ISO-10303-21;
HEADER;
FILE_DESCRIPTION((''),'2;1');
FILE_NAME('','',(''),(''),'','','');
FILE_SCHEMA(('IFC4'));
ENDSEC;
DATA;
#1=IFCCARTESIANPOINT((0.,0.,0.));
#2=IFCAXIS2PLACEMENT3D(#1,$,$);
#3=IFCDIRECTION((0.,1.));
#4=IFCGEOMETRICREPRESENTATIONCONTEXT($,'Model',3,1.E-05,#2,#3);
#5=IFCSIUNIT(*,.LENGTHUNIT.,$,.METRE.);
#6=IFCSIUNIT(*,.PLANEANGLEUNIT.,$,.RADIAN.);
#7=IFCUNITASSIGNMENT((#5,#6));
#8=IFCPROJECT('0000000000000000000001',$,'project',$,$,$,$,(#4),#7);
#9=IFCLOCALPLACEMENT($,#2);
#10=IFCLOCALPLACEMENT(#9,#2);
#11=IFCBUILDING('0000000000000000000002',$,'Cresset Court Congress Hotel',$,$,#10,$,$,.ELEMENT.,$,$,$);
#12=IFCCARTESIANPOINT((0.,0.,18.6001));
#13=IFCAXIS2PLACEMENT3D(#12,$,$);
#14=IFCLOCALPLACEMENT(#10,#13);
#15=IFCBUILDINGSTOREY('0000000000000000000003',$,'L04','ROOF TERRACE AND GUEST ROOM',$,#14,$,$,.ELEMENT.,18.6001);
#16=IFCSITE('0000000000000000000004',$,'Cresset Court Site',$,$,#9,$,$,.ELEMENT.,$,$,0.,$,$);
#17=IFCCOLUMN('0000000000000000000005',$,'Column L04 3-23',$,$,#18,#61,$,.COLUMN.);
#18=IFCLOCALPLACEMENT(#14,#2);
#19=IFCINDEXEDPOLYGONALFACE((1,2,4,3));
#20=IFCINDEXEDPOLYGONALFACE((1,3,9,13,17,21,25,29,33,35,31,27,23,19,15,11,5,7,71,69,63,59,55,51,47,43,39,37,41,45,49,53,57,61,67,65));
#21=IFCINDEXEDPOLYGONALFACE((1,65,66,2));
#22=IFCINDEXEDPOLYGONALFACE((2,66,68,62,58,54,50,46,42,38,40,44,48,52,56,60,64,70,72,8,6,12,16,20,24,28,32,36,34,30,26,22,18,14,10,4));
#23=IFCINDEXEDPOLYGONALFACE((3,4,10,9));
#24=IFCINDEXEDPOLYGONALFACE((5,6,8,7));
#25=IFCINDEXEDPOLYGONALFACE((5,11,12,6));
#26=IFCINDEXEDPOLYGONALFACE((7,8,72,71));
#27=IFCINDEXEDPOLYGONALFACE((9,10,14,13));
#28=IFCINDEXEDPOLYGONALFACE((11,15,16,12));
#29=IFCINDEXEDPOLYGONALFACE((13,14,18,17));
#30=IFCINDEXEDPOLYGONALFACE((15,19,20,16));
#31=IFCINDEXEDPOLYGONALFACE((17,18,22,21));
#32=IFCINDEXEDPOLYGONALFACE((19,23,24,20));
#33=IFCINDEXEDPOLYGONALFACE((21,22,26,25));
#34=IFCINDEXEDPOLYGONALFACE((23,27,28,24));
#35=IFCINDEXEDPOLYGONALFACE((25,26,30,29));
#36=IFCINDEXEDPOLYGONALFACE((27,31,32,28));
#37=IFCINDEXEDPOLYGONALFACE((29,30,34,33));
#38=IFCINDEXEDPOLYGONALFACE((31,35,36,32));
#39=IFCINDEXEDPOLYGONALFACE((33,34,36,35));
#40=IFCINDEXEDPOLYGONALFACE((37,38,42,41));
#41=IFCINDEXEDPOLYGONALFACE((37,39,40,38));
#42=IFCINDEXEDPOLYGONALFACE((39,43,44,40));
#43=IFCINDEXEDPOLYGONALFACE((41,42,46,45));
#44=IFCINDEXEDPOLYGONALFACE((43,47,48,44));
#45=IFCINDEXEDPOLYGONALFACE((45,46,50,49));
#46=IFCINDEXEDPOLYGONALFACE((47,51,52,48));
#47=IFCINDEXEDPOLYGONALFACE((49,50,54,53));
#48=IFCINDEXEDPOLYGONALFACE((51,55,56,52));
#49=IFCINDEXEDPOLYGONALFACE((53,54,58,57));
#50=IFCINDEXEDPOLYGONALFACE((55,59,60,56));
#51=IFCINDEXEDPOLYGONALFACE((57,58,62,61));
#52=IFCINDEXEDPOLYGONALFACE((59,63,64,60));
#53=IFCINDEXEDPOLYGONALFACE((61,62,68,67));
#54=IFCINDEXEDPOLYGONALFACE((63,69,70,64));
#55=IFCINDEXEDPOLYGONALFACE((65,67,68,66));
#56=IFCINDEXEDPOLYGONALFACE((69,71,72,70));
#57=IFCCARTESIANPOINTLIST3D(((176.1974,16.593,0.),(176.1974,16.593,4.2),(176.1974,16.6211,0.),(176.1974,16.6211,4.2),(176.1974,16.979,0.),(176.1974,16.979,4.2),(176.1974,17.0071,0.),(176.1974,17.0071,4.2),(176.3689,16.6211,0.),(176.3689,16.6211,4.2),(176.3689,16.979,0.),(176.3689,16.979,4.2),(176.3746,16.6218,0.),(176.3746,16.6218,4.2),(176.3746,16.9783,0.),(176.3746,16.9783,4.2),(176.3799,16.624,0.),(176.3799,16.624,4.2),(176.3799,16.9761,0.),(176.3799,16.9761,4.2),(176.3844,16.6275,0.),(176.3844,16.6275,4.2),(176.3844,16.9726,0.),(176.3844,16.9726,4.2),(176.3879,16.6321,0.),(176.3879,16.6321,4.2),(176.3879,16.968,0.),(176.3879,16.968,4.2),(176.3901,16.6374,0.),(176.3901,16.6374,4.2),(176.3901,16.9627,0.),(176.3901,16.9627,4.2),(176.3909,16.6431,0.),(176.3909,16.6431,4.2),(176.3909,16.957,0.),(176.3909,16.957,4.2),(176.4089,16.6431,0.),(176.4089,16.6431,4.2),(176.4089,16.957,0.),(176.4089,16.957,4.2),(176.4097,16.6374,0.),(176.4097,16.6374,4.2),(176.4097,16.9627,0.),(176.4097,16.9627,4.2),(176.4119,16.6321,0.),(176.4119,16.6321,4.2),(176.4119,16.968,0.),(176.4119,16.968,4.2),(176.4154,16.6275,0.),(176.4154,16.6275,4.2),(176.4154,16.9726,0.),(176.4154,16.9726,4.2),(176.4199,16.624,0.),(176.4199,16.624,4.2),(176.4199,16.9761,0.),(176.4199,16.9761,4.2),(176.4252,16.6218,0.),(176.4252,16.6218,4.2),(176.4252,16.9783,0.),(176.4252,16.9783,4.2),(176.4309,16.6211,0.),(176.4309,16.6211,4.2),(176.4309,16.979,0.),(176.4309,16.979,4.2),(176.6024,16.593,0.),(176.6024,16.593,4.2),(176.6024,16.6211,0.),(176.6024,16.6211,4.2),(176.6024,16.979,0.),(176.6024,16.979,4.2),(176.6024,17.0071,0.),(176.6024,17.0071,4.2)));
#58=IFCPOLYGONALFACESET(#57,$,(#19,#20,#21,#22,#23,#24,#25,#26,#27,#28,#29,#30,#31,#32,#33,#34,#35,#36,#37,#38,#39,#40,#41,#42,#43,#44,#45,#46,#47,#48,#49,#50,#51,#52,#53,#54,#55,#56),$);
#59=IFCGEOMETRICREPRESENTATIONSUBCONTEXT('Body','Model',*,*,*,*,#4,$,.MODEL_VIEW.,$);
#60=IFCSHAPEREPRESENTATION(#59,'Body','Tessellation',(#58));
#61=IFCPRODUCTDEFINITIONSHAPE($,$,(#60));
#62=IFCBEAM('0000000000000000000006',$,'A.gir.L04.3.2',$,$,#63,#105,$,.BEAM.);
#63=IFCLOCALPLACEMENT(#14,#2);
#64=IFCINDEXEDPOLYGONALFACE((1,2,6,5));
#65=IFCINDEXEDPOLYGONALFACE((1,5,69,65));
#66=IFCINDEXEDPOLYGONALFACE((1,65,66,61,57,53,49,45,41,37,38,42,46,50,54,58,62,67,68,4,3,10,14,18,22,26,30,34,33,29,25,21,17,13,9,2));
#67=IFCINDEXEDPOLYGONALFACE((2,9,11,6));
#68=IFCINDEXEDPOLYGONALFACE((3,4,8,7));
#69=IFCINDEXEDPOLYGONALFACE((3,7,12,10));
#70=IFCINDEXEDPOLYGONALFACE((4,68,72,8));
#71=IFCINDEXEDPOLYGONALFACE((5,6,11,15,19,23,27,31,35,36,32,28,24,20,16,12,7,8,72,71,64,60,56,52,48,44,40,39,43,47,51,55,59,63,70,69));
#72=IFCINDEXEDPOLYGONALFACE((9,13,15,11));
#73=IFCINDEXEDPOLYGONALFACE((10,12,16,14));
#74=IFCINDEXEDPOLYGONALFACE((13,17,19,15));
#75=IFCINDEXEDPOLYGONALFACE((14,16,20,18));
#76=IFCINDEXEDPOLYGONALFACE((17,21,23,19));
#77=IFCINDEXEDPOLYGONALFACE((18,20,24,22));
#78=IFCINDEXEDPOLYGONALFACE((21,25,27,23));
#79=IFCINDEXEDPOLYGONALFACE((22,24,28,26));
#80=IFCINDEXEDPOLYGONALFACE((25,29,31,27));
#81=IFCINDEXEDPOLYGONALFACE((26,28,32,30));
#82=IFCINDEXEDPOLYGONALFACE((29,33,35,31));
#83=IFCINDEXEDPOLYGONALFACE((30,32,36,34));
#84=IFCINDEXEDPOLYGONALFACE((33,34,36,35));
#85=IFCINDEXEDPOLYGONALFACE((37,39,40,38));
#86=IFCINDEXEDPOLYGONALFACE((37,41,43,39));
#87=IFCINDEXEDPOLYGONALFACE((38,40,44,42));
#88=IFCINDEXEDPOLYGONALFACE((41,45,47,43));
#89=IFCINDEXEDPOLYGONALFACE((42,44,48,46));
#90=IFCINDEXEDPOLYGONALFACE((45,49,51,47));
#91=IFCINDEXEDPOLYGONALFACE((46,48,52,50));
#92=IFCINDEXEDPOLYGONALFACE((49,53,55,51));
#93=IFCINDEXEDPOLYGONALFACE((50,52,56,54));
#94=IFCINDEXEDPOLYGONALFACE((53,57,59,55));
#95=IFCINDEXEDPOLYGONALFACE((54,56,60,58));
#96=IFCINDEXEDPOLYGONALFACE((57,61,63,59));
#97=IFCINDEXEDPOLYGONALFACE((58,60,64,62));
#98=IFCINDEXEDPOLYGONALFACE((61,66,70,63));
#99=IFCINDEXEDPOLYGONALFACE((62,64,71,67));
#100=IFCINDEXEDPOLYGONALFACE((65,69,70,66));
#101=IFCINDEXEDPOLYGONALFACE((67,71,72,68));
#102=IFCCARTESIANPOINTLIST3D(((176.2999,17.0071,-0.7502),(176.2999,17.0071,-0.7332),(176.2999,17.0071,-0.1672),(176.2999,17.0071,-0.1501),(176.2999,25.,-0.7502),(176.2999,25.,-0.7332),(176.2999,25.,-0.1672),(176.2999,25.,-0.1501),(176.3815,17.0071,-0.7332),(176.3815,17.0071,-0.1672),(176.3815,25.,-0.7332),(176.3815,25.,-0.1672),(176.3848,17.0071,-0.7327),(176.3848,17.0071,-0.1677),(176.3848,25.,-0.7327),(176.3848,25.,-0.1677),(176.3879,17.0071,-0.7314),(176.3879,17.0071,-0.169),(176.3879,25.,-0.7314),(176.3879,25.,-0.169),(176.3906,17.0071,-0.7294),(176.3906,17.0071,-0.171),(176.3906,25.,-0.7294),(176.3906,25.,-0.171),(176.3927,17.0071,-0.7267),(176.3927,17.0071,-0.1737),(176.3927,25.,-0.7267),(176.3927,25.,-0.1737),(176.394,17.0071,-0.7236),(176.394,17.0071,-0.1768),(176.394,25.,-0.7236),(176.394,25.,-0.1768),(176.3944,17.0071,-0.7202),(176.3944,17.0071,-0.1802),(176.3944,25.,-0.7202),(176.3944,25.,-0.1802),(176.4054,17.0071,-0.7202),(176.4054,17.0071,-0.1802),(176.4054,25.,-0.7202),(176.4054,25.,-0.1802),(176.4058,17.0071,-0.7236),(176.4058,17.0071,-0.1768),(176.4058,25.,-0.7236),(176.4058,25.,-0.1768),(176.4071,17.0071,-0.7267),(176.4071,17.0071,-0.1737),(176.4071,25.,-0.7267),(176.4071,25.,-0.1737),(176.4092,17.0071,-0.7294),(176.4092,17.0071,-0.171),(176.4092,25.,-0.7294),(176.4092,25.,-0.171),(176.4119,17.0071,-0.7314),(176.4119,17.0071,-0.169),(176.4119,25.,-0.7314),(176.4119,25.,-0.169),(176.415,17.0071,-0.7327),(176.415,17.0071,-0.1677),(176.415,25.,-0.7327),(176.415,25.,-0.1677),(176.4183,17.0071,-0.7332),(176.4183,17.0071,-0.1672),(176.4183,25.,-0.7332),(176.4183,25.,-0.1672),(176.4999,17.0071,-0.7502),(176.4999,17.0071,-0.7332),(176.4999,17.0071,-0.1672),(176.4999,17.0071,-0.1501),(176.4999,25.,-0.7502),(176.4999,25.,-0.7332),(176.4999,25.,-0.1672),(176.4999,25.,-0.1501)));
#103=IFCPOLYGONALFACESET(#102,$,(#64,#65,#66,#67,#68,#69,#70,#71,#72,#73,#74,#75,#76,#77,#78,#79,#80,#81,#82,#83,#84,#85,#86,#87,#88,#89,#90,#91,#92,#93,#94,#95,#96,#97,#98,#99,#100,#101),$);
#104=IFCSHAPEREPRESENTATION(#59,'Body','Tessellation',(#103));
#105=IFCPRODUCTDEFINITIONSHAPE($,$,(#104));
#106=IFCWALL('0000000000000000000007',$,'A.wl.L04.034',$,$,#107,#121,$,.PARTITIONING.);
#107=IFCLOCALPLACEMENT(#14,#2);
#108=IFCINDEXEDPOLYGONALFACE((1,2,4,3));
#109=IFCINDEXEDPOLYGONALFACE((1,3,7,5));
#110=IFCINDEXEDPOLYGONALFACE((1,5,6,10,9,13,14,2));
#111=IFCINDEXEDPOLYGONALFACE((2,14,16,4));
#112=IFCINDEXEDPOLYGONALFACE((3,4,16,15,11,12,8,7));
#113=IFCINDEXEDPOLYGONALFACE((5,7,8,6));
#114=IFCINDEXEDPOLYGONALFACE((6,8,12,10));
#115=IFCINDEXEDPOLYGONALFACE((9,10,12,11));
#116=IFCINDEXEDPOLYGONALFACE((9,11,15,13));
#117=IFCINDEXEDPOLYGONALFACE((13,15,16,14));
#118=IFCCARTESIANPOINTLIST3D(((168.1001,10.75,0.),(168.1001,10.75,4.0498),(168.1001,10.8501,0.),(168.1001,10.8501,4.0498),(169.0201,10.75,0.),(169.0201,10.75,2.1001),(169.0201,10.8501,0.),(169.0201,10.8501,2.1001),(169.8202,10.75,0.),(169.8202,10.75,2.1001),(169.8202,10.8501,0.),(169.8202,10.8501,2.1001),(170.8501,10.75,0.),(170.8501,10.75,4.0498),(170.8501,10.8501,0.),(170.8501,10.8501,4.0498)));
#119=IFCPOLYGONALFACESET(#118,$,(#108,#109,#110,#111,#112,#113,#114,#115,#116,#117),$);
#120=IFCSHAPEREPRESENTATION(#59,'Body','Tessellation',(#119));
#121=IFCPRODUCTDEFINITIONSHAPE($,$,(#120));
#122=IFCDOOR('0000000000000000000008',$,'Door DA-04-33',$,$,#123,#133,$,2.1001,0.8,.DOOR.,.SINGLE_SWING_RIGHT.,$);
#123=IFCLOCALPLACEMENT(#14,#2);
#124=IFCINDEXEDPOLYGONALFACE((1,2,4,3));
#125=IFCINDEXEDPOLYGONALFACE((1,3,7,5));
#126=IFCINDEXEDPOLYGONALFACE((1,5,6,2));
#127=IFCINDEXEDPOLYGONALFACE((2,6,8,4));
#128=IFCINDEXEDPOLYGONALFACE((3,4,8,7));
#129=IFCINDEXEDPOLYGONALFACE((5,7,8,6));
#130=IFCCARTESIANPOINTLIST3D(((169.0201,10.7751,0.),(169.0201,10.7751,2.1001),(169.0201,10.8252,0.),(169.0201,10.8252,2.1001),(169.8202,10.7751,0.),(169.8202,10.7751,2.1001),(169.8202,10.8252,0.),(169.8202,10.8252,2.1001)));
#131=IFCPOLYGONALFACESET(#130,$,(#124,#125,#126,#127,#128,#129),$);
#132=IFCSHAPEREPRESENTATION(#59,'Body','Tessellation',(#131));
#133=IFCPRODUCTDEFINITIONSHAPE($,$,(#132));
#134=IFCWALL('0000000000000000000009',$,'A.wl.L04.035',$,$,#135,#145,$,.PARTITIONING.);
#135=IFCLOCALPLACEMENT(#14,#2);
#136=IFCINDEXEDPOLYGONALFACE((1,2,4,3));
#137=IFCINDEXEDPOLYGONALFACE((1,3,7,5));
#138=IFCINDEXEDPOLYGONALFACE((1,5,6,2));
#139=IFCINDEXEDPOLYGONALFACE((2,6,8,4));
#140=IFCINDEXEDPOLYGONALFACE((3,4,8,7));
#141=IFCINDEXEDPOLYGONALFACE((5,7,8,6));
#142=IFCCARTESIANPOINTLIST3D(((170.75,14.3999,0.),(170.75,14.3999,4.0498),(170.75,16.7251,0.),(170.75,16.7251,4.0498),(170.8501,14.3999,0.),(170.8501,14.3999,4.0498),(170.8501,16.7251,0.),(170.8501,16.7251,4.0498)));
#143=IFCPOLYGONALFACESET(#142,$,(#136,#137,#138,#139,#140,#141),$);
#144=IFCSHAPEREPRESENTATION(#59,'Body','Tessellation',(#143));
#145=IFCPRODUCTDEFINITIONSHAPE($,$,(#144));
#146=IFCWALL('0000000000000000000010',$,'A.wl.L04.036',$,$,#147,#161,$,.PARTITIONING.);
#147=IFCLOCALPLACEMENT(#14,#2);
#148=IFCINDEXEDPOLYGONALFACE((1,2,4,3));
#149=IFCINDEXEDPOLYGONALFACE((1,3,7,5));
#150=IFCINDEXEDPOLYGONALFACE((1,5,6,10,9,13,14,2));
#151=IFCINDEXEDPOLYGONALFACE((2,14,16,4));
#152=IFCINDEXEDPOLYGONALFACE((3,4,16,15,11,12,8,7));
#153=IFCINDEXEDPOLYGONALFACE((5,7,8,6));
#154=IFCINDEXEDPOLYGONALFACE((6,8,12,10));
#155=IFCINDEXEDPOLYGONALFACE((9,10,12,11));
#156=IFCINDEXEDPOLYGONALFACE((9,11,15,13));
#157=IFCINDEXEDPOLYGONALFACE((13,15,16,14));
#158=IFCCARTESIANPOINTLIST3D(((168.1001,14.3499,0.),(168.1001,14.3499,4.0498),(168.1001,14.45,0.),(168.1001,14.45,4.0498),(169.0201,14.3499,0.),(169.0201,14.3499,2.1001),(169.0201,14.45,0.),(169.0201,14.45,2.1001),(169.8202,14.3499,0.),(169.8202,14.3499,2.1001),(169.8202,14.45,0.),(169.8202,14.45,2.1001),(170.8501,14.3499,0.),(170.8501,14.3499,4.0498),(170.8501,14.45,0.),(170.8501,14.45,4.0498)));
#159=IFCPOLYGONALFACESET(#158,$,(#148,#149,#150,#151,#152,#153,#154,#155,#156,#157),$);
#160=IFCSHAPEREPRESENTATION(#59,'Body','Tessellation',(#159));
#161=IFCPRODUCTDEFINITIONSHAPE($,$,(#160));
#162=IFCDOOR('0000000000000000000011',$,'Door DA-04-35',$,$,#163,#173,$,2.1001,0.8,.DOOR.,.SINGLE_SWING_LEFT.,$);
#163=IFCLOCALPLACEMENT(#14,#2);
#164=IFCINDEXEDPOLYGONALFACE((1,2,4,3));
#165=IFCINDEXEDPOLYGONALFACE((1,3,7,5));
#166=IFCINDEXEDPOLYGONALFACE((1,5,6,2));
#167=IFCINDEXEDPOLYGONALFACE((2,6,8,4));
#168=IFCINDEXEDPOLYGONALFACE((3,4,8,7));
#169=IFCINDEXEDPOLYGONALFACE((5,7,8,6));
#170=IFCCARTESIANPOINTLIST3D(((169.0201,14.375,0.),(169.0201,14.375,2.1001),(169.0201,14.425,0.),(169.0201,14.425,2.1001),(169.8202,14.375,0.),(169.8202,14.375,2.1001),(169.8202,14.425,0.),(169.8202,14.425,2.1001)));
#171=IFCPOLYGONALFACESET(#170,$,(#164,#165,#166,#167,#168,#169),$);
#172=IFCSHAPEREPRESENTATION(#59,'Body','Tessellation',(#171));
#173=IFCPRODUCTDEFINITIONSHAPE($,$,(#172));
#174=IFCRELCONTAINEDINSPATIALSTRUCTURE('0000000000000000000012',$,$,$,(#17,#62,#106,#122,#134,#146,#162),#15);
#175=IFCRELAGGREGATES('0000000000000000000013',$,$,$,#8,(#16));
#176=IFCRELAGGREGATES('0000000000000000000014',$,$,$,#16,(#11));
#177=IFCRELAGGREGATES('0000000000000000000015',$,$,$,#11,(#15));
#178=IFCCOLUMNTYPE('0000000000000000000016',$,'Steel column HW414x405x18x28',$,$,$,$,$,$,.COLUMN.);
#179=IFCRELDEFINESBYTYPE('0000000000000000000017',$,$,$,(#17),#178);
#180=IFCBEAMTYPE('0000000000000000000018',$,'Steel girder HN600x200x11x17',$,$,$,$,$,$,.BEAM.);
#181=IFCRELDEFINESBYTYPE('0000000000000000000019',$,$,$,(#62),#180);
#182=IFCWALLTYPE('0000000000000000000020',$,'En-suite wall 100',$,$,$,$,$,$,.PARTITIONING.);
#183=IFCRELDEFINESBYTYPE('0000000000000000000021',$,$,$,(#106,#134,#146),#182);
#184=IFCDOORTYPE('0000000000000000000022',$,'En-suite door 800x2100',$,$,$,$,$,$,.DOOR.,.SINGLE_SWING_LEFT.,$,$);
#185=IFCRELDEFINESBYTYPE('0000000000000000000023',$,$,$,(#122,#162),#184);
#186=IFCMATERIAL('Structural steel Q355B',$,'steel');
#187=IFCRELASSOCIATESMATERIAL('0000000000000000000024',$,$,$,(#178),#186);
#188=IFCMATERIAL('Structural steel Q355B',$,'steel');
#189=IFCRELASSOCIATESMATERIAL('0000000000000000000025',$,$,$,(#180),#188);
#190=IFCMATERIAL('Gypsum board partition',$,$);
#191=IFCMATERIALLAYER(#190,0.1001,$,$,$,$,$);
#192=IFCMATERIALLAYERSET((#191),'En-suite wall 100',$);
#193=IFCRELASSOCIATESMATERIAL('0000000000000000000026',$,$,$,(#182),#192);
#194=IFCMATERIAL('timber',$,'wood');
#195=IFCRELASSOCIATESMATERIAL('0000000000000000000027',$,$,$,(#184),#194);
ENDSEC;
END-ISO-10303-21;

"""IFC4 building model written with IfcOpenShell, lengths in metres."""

from ifc_helpers import new_model, si_unit, direction, frame, frame_2d, origin, origin_2d, place, context, subcontext, project, spatial, rectangle, i_section, extrude, material, layer, layer_set, material_profile, profile_set, type_object, element, fill, save


model = new_model("IFC4")

# Units and contexts
model_context = context("Model", 3, precision=1e-05, world=origin(), true_north=direction((0.0, 1.0)))
body_context = subcontext(model_context, "Body", "Model", "MODEL_VIEW")
ifc_project = project(units=[si_unit("LENGTHUNIT", "METRE"), si_unit("PLANEANGLEUNIT", "RADIAN")], contexts=[model_context])

# Site, building, storey
site_placement = place(None, origin())
site = spatial("IfcSite", under=ifc_project, at=site_placement, Name="Cresset Court Site", CompositionType="ELEMENT", RefElevation=0.0)
building_placement = place(site_placement, origin())
building = spatial("IfcBuilding", under=site, at=building_placement, Name="Cresset Court Congress Hotel", CompositionType="ELEMENT")
storey_placement = place(building_placement, frame((0.0, 0.0, 18.6001)))
storey = spatial("IfcBuildingStorey", under=building, at=storey_placement, Name="L04", Description="ROOF TERRACE AND GUEST ROOM", CompositionType="ELEMENT", Elevation=18.6001)

# Column
ifc_material_1 = material(Name="Structural steel Q355B", Category="steel")
ifc_material_profile_1 = material_profile(ifc_material_1, i_section(OverallWidth=0.405, OverallDepth=0.4141, WebThickness=0.0181, FlangeThickness=0.0281, FilletRadius=0.022, at=origin_2d()), Name="HW414x405x18x28")
ifc_profile_set_1 = profile_set([ifc_material_profile_1], Name="Structural steel Q355B")
column_type = type_object("IfcColumnType", Name="Steel column HW414x405x18x28", PredefinedType="COLUMN", material=ifc_profile_set_1)
column_placement = place(storey_placement, frame((176.3999, 16.8, 0.0), z_axis=(0.0, 0.0, 1.0), x_axis=(1.0, 0.0, 0.0)))
element("IfcColumn", 1, at=column_placement, inside=storey, type_object=column_type, Name="Column L04 3-23", PredefinedType="COLUMN", context=body_context, shape_type="SweptSolid", body=[
    extrude(i_section(OverallWidth=0.405, OverallDepth=0.4141, WebThickness=0.0181, FlangeThickness=0.0281, FilletRadius=0.022, at=origin_2d()), origin(), (0.0, 0.0, 1.0), 4.2),
])

# Beam
ifc_material_2 = material(Name="Structural steel Q355B", Category="steel")
ifc_material_profile_2 = material_profile(ifc_material_2, i_section(OverallWidth=0.2, OverallDepth=0.6001, WebThickness=0.011, FlangeThickness=0.0171, FilletRadius=0.0129, at=origin_2d()), Name="HN600x200x11x17")
ifc_profile_set_2 = profile_set([ifc_material_profile_2], Name="Structural steel Q355B")
beam_type = type_object("IfcBeamType", Name="Steel girder HN600x200x11x17", PredefinedType="BEAM", material=ifc_profile_set_2)
beam_placement = place(storey_placement, frame((176.3999, 17.0071, -0.4502), z_axis=(0.0, 1.0, 0.0), x_axis=(-1.0, 0.0, 0.0)))
element("IfcBeam", 2, at=beam_placement, inside=storey, type_object=beam_type, Name="A.gir.L04.3.2", PredefinedType="BEAM", context=body_context, shape_type="SweptSolid", body=[
    extrude(i_section(OverallWidth=0.2, OverallDepth=0.6001, WebThickness=0.011, FlangeThickness=0.0171, FilletRadius=0.0129, at=origin_2d()), origin(), (0.0, 0.0, 1.0), 7.9929),
])

# Wall, opening, door
ifc_material_3 = material(Name="Gypsum board partition")
ifc_layer = layer(ifc_material_3, 0.1001)
ifc_layer_set = layer_set([ifc_layer], Name="En-suite wall 100")
wall_type = type_object("IfcWallType", Name="En-suite wall 100", PredefinedType="PARTITIONING", material=ifc_layer_set)
wall_1_placement = place(storey_placement, frame((170.8501, 10.8, 0.0), z_axis=(0.0, 0.0, 1.0), x_axis=(-1.0, 0.0, 0.0)))
wall_1 = element("IfcWall", 3, at=wall_1_placement, inside=storey, type_object=wall_type, Name="A.wl.L04.034", PredefinedType="PARTITIONING", context=body_context, shape_type="SweptSolid", body=[
    extrude(rectangle(XDim=2.75, YDim=0.1001, at=frame_2d((1.375, 0.0))), origin(), (0.0, 0.0, 1.0), 4.0498),
])
opening_1_placement = place(wall_1_placement, frame((1.03, 0.0, 0.0)))
opening_1 = element("IfcOpeningElement", 4, at=opening_1_placement, cuts=wall_1, PredefinedType="OPENING", context=body_context, shape_type="SweptSolid", body=[
    extrude(rectangle(XDim=0.8, YDim=2.1001, at=frame_2d((0.3999, 1.05))), frame((0.0, 0.0601, 0.0), z_axis=(0.0, -1.0, 0.0), x_axis=(1.0, 0.0, 0.0)), (0.0, 0.0, 1.0), 0.1201),
])
ifc_material_4 = material(Name="timber", Category="wood")
door_type = type_object("IfcDoorType", Name="En-suite door 800x2100", OperationType="SINGLE_SWING_LEFT", PredefinedType="DOOR", material=ifc_material_4)
door_1_placement = place(opening_1_placement, origin())
door_1 = element("IfcDoor", 5, at=door_1_placement, inside=storey, type_object=door_type, Name="Door DA-04-33", OperationType="SINGLE_SWING_RIGHT", OverallHeight=2.1001, OverallWidth=0.8, PredefinedType="DOOR", context=body_context, shape_type="SweptSolid", body=[
    extrude(rectangle(XDim=0.8, YDim=2.1001, at=frame_2d((0.3999, 1.05))), frame((0.0, 0.0249, 0.0), z_axis=(0.0, -1.0, 0.0), x_axis=(1.0, 0.0, 0.0)), (0.0, 0.0, 1.0), 0.05),
])
fill(opening_1, door_1)

# Wall
wall_2_placement = place(storey_placement, frame((170.8, 14.3999, 0.0), z_axis=(0.0, 0.0, 1.0), x_axis=(0.0, 1.0, 0.0)))
element("IfcWall", 6, at=wall_2_placement, inside=storey, type_object=wall_type, Name="A.wl.L04.035", PredefinedType="PARTITIONING", context=body_context, shape_type="SweptSolid", body=[
    extrude(rectangle(XDim=2.3252, YDim=0.1001, at=frame_2d((1.1626, 0.0))), origin(), (0.0, 0.0, 1.0), 4.0498),
])

# Wall, opening, door
wall_3_placement = place(storey_placement, frame((170.8501, 14.3999, 0.0), z_axis=(0.0, 0.0, 1.0), x_axis=(-1.0, 0.0, 0.0)))
wall_3 = element("IfcWall", 7, at=wall_3_placement, inside=storey, type_object=wall_type, Name="A.wl.L04.036", PredefinedType="PARTITIONING", context=body_context, shape_type="SweptSolid", body=[
    extrude(rectangle(XDim=2.75, YDim=0.1001, at=frame_2d((1.375, 0.0))), origin(), (0.0, 0.0, 1.0), 4.0498),
])
opening_2_placement = place(wall_3_placement, frame((1.03, 0.0, 0.0)))
opening_2 = element("IfcOpeningElement", 8, at=opening_2_placement, cuts=wall_3, PredefinedType="OPENING", context=body_context, shape_type="SweptSolid", body=[
    extrude(rectangle(XDim=0.8, YDim=2.1001, at=frame_2d((0.3999, 1.05))), frame((0.0, 0.0601, 0.0), z_axis=(0.0, -1.0, 0.0), x_axis=(1.0, 0.0, 0.0)), (0.0, 0.0, 1.0), 0.1201),
])
door_2_placement = place(opening_2_placement, origin())
door_2 = element("IfcDoor", 9, at=door_2_placement, inside=storey, type_object=door_type, Name="Door DA-04-35", OperationType="SINGLE_SWING_LEFT", OverallHeight=2.1001, OverallWidth=0.8, PredefinedType="DOOR", context=body_context, shape_type="SweptSolid", body=[
    extrude(rectangle(XDim=0.8, YDim=2.1001, at=frame_2d((0.3999, 1.05))), frame((0.0, 0.0249, 0.0), z_axis=(0.0, -1.0, 0.0), x_axis=(1.0, 0.0, 0.0)), (0.0, 0.0, 1.0), 0.05),
])
fill(opening_2, door_2)

save(model, "model.ifc")
